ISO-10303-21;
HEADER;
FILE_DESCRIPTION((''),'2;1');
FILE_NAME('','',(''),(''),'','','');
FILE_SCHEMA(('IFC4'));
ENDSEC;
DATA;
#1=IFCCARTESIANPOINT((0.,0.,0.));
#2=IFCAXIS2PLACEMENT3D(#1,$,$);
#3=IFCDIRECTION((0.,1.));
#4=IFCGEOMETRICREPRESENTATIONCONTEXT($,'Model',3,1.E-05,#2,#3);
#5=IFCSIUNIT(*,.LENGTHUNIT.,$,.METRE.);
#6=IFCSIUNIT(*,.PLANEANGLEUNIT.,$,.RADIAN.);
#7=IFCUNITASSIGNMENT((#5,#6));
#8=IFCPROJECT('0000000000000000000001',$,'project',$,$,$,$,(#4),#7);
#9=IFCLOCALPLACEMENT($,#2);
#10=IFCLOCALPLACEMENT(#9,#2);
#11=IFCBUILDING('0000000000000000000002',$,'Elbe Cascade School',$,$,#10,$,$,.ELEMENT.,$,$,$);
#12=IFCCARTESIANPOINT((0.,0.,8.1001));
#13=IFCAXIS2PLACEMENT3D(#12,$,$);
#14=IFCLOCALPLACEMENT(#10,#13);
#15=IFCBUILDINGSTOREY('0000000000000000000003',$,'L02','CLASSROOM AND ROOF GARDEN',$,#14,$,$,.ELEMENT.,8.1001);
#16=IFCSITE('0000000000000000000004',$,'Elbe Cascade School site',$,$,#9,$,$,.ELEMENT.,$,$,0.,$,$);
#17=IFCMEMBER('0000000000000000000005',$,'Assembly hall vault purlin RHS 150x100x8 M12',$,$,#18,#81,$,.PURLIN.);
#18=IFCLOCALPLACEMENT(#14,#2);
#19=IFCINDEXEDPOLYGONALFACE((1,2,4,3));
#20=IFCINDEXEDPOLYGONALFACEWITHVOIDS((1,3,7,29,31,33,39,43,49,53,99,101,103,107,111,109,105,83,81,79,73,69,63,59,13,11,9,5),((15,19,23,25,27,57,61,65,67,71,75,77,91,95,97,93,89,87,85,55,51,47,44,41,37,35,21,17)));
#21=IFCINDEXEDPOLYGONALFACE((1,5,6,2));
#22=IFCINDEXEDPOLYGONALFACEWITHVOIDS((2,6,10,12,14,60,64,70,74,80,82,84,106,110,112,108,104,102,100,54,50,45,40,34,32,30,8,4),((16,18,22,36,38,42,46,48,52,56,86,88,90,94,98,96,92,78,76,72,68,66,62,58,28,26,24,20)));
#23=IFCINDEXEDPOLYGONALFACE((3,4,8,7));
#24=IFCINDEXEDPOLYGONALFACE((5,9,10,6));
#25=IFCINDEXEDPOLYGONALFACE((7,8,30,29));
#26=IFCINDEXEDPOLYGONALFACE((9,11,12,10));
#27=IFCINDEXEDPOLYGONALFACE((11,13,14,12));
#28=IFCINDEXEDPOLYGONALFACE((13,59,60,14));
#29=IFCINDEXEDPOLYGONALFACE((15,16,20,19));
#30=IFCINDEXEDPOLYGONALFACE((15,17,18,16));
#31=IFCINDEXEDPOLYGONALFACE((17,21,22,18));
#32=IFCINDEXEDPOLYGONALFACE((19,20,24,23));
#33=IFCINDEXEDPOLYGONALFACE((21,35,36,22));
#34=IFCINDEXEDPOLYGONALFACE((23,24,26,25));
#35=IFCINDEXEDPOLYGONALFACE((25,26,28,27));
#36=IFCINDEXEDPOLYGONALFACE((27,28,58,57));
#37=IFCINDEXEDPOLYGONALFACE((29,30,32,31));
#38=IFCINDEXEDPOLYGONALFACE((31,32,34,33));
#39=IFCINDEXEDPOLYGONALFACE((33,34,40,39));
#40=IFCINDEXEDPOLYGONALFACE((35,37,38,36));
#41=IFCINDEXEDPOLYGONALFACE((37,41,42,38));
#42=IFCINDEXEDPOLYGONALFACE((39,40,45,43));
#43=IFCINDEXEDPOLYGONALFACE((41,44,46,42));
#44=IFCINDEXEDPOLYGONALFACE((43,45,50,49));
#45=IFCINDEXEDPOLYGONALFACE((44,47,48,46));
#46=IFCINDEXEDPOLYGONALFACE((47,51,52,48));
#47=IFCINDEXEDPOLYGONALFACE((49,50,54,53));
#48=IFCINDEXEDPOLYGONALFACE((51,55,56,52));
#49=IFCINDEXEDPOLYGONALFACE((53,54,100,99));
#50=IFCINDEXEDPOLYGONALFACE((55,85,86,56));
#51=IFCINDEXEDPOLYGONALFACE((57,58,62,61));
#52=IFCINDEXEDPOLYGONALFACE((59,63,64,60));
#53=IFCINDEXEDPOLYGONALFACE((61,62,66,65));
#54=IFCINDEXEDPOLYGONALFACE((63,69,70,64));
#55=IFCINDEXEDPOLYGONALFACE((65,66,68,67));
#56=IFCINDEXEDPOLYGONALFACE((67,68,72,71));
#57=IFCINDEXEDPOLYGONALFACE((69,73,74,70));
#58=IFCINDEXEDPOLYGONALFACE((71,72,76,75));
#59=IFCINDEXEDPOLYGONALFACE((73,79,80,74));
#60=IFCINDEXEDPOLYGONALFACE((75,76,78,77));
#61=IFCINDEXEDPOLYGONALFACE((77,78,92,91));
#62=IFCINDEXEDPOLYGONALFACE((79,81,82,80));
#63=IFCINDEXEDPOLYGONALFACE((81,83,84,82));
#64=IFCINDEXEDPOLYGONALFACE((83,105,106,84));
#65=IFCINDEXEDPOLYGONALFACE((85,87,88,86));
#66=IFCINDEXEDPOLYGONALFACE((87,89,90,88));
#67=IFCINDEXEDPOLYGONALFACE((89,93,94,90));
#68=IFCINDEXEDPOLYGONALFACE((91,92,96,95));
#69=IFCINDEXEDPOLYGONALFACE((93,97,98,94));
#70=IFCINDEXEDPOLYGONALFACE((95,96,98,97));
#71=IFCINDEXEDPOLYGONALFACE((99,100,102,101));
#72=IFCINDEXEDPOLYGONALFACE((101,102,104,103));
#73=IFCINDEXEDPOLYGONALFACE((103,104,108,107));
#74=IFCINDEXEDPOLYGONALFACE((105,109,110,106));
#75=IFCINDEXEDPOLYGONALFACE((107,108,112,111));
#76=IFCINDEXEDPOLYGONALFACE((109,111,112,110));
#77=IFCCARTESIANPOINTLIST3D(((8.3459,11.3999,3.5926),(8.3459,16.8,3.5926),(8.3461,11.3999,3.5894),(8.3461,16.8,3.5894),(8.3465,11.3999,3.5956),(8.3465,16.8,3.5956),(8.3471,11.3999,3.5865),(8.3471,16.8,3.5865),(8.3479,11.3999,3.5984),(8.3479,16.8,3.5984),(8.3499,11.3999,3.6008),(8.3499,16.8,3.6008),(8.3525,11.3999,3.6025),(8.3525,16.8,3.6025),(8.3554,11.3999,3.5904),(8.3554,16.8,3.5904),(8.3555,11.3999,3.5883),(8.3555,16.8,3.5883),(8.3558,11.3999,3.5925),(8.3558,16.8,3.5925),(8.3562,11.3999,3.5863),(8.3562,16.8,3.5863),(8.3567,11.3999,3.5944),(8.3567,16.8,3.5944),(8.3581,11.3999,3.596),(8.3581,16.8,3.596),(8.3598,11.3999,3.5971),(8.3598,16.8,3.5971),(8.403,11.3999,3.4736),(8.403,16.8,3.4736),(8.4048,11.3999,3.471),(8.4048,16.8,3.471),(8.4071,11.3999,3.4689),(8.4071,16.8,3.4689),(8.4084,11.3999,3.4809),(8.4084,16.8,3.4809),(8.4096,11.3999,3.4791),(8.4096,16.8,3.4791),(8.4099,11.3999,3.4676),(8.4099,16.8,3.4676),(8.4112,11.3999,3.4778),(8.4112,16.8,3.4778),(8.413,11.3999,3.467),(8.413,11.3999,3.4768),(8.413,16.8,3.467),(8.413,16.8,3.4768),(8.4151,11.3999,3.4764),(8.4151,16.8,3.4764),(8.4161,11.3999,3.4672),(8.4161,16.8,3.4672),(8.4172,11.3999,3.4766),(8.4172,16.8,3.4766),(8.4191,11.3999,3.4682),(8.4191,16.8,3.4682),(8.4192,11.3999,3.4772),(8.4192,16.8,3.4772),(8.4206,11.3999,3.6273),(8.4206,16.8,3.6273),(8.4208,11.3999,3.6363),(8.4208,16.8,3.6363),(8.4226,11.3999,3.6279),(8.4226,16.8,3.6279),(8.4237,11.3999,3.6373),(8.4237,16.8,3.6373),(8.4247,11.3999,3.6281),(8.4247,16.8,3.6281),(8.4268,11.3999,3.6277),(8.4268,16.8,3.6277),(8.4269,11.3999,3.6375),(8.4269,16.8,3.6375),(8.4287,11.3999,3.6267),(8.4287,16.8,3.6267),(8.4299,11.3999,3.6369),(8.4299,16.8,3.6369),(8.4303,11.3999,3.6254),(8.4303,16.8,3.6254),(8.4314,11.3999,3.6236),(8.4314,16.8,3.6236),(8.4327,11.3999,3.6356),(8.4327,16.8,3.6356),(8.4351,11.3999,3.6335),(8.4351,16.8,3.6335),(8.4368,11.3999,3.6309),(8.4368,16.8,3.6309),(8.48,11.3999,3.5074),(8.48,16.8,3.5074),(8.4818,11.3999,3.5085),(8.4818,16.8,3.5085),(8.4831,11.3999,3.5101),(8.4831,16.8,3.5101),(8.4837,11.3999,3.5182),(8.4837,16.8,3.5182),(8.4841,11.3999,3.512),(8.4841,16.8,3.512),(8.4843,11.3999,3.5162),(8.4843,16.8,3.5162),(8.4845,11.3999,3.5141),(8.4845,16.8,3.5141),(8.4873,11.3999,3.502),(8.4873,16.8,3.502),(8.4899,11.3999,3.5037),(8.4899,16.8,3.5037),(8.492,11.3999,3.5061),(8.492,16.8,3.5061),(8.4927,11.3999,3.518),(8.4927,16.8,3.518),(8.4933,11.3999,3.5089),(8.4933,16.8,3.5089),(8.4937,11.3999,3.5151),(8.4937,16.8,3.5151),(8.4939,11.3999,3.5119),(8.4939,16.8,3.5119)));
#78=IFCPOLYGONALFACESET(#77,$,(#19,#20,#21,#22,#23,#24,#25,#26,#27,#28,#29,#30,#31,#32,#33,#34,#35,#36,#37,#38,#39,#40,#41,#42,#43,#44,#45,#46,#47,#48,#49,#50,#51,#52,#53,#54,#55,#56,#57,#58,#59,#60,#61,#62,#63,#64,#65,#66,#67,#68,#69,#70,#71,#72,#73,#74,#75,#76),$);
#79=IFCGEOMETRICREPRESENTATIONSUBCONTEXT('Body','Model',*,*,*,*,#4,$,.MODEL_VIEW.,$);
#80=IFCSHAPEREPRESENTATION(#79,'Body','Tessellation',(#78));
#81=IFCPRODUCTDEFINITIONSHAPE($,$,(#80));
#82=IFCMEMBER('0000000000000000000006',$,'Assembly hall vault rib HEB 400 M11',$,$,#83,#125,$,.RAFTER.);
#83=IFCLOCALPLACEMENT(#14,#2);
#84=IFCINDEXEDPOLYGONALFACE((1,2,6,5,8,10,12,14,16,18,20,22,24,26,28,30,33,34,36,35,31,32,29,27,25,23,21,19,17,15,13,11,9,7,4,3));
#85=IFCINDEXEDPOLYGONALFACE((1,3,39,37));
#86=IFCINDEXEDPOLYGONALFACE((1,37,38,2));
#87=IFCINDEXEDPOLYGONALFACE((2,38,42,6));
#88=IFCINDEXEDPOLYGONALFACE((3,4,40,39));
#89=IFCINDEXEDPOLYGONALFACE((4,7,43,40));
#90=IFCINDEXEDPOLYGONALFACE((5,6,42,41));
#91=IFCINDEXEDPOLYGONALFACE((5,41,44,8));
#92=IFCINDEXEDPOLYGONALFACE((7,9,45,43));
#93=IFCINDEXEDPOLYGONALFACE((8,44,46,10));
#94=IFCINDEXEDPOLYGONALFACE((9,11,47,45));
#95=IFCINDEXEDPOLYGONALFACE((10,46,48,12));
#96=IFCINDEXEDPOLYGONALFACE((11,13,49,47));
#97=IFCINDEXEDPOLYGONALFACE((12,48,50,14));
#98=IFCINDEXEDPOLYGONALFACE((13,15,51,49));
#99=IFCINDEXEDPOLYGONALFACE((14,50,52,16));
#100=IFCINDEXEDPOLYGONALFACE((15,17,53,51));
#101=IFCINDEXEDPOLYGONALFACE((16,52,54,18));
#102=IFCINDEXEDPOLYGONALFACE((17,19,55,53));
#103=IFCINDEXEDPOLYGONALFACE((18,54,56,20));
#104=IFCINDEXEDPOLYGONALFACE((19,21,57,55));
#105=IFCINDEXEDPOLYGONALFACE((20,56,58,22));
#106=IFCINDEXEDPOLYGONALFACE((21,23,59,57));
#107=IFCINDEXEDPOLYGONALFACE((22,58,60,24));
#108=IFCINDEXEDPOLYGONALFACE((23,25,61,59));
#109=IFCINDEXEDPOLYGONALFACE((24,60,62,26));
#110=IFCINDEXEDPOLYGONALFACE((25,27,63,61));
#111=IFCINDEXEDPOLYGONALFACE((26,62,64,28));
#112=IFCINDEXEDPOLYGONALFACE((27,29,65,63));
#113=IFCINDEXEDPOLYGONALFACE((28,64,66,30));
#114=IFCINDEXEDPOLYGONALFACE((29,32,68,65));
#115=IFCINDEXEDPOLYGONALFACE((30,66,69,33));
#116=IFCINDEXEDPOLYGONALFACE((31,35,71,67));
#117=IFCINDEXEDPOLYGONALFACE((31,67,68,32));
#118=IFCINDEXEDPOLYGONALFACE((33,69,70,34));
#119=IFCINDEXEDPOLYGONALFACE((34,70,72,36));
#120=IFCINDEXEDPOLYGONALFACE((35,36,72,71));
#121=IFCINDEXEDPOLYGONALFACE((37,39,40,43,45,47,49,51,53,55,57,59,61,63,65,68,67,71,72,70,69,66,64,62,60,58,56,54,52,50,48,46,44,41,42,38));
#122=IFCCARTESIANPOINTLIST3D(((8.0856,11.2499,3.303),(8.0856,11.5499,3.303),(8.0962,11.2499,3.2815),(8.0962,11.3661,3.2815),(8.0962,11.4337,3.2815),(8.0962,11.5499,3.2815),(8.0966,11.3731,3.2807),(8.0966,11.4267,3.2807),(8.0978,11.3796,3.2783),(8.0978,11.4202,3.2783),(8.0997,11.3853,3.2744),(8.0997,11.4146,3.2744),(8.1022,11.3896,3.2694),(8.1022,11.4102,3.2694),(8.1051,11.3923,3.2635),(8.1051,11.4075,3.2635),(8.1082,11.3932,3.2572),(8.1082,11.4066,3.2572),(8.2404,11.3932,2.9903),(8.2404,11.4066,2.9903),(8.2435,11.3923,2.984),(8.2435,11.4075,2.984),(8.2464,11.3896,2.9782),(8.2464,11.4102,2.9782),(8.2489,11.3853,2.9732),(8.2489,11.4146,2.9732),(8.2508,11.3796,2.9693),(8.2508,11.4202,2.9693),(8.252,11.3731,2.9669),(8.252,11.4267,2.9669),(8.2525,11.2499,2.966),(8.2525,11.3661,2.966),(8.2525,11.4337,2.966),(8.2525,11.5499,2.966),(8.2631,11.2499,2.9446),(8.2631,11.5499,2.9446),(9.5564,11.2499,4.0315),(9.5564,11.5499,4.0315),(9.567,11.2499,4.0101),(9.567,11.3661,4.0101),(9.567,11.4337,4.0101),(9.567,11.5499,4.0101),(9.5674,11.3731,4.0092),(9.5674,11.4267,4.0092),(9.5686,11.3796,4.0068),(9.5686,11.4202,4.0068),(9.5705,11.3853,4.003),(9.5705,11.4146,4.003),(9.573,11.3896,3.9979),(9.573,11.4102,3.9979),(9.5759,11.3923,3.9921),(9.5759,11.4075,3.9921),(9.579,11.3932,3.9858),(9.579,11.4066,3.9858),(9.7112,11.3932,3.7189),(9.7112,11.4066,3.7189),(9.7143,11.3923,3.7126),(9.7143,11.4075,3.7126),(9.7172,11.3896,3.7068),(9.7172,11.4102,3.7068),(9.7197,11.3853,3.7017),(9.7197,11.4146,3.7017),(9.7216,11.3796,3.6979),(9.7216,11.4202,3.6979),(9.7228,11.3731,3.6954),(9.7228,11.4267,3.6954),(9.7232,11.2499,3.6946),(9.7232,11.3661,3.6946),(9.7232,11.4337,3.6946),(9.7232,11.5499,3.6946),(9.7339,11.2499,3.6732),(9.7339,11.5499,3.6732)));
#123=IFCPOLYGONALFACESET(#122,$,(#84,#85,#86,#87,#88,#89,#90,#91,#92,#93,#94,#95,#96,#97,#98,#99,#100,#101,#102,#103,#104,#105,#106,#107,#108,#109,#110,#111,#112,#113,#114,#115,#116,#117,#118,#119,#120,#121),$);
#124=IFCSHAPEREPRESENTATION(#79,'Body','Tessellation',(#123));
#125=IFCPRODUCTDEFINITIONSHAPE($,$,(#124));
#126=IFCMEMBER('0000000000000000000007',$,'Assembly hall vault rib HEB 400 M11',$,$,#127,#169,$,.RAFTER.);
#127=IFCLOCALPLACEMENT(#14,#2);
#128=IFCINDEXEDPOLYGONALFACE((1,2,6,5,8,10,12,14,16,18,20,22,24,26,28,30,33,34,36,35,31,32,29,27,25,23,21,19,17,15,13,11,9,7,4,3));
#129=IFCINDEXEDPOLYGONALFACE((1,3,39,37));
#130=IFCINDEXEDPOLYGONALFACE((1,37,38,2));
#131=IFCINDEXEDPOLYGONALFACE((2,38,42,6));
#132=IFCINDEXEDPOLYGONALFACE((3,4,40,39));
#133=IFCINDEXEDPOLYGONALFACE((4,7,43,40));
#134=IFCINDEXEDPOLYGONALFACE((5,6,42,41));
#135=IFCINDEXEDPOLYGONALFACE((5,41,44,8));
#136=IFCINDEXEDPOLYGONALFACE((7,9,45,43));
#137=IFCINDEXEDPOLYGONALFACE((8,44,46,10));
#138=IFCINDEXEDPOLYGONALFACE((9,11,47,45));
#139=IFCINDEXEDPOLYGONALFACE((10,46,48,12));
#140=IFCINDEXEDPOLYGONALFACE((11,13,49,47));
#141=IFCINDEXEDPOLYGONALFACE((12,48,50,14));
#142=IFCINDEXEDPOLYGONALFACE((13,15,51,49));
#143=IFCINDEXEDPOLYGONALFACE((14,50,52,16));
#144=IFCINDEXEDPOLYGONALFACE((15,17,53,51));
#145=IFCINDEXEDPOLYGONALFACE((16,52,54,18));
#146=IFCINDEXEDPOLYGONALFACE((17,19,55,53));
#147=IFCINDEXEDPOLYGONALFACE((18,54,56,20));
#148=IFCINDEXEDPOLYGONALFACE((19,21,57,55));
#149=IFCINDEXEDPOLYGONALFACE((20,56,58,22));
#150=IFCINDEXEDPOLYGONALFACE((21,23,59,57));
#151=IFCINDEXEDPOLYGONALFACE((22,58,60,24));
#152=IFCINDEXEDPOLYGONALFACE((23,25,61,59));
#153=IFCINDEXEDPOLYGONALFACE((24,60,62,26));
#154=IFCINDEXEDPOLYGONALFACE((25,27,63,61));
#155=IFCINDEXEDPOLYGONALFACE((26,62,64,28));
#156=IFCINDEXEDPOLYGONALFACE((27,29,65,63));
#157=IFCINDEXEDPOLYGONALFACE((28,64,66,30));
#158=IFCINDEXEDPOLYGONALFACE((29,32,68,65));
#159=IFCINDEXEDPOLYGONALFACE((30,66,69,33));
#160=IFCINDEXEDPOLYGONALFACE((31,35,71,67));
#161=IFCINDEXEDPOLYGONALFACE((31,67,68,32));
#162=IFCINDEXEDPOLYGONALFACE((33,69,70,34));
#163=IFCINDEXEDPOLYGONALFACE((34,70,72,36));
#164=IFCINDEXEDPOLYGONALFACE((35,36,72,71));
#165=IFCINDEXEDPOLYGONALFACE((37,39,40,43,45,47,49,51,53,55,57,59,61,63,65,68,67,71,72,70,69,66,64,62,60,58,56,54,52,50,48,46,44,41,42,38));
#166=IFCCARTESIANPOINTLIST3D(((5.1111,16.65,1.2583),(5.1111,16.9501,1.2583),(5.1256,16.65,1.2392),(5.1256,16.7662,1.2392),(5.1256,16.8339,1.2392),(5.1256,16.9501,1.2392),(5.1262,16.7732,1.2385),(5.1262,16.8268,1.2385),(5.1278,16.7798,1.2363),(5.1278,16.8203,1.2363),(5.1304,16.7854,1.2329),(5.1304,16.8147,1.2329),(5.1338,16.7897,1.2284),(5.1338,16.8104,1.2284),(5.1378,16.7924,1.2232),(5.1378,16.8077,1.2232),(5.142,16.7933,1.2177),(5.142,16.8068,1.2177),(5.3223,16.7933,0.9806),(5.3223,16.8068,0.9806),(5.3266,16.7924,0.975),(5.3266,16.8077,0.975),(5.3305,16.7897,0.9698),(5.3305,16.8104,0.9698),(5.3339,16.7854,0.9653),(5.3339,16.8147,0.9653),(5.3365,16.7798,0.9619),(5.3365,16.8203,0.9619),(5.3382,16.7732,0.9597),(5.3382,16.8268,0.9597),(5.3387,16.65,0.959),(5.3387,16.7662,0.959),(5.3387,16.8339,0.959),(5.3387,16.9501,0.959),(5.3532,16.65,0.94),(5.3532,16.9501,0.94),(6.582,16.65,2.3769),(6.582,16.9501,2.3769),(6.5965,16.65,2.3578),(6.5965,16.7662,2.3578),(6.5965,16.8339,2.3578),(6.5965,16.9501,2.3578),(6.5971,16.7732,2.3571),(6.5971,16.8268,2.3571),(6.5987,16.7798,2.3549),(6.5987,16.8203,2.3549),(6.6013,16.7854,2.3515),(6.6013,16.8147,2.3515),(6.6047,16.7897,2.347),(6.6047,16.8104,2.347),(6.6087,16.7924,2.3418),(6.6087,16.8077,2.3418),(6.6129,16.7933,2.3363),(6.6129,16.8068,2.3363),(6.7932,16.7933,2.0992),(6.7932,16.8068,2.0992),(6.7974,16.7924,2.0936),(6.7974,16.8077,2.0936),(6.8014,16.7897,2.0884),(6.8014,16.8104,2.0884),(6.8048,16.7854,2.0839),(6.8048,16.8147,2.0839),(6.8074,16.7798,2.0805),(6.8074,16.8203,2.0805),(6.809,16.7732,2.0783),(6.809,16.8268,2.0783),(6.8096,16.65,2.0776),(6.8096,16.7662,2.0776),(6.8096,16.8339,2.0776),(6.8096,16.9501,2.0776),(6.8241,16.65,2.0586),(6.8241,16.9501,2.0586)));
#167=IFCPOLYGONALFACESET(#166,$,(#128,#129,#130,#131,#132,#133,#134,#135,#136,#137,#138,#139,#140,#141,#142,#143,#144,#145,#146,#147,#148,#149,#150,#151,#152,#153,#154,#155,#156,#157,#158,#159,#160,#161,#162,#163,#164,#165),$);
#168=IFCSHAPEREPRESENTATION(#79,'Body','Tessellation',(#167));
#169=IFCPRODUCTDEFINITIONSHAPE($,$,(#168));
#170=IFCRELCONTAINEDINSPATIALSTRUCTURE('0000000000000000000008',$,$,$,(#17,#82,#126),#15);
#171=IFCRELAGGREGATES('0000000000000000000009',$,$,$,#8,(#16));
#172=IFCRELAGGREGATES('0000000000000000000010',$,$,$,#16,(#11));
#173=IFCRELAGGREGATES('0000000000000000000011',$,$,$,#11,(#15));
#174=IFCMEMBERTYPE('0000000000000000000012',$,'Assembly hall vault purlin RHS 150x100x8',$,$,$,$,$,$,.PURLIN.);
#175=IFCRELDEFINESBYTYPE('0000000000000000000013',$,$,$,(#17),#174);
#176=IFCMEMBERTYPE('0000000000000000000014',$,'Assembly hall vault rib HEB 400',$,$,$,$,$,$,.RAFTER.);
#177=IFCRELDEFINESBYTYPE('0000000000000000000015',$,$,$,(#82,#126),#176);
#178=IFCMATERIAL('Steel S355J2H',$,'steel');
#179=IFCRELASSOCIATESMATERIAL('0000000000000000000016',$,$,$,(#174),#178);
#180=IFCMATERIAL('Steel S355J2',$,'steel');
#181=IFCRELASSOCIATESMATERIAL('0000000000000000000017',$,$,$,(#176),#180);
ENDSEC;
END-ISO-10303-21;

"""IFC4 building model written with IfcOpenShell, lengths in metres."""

from ifc_helpers import new_model, si_unit, direction, frame, origin, origin_2d, place, context, subcontext, project, spatial, hollow_rectangle, i_section, extrude, material, material_profile, profile_set, type_object, element, save


model = new_model("IFC4")

# Units and contexts
model_context = context("Model", 3, precision=1e-05, world=origin(), true_north=direction((0.0, 1.0)))
body_context = subcontext(model_context, "Body", "Model", "MODEL_VIEW")
ifc_project = project(units=[si_unit("LENGTHUNIT", "METRE"), si_unit("PLANEANGLEUNIT", "RADIAN")], contexts=[model_context])

# Site, building, storey
site_placement = place(None, origin())
site = spatial("IfcSite", under=ifc_project, at=site_placement, Name="Elbe Cascade School site", CompositionType="ELEMENT", RefElevation=0.0)
building_placement = place(site_placement, origin())
building = spatial("IfcBuilding", under=site, at=building_placement, Name="Elbe Cascade School", CompositionType="ELEMENT")
storey_placement = place(building_placement, frame((0.0, 0.0, 8.1001)))
storey = spatial("IfcBuildingStorey", under=building, at=storey_placement, Name="L02", Description="CLASSROOM AND ROOF GARDEN", CompositionType="ELEMENT", Elevation=8.1001)

# Members
ifc_material_1 = material(Name="Steel S355J2H", Category="steel")
ifc_material_profile_1 = material_profile(ifc_material_1, hollow_rectangle(XDim=0.1001, YDim=0.1499, WallThickness=0.0081, InnerFilletRadius=0.0081, OuterFilletRadius=0.012, at=origin_2d()), Name="RHS 150x100x8")
ifc_profile_set_1 = profile_set([ifc_material_profile_1], Name="Steel S355J2H")
member_type_1 = type_object("IfcMemberType", Name="Assembly hall vault purlin RHS 150x100x8", PredefinedType="PURLIN", material=ifc_profile_set_1)
member_1_placement = place(storey_placement, frame((8.4199, 11.3999, 3.5522), z_axis=(0.0, 1.0, 0.0), x_axis=(-0.896139, 0.0, -0.443774)))
element("IfcMember", 1, at=member_1_placement, inside=storey, type_object=member_type_1, Name="Assembly hall vault purlin RHS 150x100x8 M12", PredefinedType="PURLIN", context=body_context, shape_type="SweptSolid", body=[
    extrude(hollow_rectangle(XDim=0.1001, YDim=0.1499, WallThickness=0.0081, InnerFilletRadius=0.0081, OuterFilletRadius=0.012, at=origin_2d()), origin(), (0.0, 0.0, 1.0), 5.4001),
])
ifc_material_2 = material(Name="Steel S355J2", Category="steel")
ifc_material_profile_2 = material_profile(ifc_material_2, i_section(OverallWidth=0.3, OverallDepth=0.3999, WebThickness=0.0134, FlangeThickness=0.0239, FilletRadius=0.0271, at=origin_2d()), Name="HEB 400")
ifc_profile_set_2 = profile_set([ifc_material_profile_2], Name="Steel S355J2")
member_type_2 = type_object("IfcMemberType", Name="Assembly hall vault rib HEB 400", PredefinedType="RAFTER", material=ifc_profile_set_2)
member_2_placement = place(storey_placement, frame((8.1743, 11.3999, 3.1238), z_axis=(0.896087, 0.0, 0.443878), x_axis=(0.0, 1.0, 0.0)))
element("IfcMember", 2, at=member_2_placement, inside=storey, type_object=member_type_2, Name="Assembly hall vault rib HEB 400 M11", PredefinedType="RAFTER", context=body_context, shape_type="SweptSolid", body=[
    extrude(i_section(OverallWidth=0.3, OverallDepth=0.3999, WebThickness=0.0134, FlangeThickness=0.0239, FilletRadius=0.0271, at=origin_2d()), origin(), (0.0, 0.0, 1.0), 1.6414),
])
member_3_placement = place(storey_placement, frame((5.2322, 16.8, 1.0991), z_axis=(0.795971, 0.0, 0.605334), x_axis=(0.0, 1.0, 0.0)))
element("IfcMember", 3, at=member_3_placement, inside=storey, type_object=member_type_2, Name="Assembly hall vault rib HEB 400 M11", PredefinedType="RAFTER", context=body_context, shape_type="SweptSolid", body=[
    extrude(i_section(OverallWidth=0.3, OverallDepth=0.3999, WebThickness=0.0134, FlangeThickness=0.0239, FilletRadius=0.0271, at=origin_2d()), origin(), (0.0, 0.0, 1.0), 1.8479),
])

save(model, "model.ifc")
